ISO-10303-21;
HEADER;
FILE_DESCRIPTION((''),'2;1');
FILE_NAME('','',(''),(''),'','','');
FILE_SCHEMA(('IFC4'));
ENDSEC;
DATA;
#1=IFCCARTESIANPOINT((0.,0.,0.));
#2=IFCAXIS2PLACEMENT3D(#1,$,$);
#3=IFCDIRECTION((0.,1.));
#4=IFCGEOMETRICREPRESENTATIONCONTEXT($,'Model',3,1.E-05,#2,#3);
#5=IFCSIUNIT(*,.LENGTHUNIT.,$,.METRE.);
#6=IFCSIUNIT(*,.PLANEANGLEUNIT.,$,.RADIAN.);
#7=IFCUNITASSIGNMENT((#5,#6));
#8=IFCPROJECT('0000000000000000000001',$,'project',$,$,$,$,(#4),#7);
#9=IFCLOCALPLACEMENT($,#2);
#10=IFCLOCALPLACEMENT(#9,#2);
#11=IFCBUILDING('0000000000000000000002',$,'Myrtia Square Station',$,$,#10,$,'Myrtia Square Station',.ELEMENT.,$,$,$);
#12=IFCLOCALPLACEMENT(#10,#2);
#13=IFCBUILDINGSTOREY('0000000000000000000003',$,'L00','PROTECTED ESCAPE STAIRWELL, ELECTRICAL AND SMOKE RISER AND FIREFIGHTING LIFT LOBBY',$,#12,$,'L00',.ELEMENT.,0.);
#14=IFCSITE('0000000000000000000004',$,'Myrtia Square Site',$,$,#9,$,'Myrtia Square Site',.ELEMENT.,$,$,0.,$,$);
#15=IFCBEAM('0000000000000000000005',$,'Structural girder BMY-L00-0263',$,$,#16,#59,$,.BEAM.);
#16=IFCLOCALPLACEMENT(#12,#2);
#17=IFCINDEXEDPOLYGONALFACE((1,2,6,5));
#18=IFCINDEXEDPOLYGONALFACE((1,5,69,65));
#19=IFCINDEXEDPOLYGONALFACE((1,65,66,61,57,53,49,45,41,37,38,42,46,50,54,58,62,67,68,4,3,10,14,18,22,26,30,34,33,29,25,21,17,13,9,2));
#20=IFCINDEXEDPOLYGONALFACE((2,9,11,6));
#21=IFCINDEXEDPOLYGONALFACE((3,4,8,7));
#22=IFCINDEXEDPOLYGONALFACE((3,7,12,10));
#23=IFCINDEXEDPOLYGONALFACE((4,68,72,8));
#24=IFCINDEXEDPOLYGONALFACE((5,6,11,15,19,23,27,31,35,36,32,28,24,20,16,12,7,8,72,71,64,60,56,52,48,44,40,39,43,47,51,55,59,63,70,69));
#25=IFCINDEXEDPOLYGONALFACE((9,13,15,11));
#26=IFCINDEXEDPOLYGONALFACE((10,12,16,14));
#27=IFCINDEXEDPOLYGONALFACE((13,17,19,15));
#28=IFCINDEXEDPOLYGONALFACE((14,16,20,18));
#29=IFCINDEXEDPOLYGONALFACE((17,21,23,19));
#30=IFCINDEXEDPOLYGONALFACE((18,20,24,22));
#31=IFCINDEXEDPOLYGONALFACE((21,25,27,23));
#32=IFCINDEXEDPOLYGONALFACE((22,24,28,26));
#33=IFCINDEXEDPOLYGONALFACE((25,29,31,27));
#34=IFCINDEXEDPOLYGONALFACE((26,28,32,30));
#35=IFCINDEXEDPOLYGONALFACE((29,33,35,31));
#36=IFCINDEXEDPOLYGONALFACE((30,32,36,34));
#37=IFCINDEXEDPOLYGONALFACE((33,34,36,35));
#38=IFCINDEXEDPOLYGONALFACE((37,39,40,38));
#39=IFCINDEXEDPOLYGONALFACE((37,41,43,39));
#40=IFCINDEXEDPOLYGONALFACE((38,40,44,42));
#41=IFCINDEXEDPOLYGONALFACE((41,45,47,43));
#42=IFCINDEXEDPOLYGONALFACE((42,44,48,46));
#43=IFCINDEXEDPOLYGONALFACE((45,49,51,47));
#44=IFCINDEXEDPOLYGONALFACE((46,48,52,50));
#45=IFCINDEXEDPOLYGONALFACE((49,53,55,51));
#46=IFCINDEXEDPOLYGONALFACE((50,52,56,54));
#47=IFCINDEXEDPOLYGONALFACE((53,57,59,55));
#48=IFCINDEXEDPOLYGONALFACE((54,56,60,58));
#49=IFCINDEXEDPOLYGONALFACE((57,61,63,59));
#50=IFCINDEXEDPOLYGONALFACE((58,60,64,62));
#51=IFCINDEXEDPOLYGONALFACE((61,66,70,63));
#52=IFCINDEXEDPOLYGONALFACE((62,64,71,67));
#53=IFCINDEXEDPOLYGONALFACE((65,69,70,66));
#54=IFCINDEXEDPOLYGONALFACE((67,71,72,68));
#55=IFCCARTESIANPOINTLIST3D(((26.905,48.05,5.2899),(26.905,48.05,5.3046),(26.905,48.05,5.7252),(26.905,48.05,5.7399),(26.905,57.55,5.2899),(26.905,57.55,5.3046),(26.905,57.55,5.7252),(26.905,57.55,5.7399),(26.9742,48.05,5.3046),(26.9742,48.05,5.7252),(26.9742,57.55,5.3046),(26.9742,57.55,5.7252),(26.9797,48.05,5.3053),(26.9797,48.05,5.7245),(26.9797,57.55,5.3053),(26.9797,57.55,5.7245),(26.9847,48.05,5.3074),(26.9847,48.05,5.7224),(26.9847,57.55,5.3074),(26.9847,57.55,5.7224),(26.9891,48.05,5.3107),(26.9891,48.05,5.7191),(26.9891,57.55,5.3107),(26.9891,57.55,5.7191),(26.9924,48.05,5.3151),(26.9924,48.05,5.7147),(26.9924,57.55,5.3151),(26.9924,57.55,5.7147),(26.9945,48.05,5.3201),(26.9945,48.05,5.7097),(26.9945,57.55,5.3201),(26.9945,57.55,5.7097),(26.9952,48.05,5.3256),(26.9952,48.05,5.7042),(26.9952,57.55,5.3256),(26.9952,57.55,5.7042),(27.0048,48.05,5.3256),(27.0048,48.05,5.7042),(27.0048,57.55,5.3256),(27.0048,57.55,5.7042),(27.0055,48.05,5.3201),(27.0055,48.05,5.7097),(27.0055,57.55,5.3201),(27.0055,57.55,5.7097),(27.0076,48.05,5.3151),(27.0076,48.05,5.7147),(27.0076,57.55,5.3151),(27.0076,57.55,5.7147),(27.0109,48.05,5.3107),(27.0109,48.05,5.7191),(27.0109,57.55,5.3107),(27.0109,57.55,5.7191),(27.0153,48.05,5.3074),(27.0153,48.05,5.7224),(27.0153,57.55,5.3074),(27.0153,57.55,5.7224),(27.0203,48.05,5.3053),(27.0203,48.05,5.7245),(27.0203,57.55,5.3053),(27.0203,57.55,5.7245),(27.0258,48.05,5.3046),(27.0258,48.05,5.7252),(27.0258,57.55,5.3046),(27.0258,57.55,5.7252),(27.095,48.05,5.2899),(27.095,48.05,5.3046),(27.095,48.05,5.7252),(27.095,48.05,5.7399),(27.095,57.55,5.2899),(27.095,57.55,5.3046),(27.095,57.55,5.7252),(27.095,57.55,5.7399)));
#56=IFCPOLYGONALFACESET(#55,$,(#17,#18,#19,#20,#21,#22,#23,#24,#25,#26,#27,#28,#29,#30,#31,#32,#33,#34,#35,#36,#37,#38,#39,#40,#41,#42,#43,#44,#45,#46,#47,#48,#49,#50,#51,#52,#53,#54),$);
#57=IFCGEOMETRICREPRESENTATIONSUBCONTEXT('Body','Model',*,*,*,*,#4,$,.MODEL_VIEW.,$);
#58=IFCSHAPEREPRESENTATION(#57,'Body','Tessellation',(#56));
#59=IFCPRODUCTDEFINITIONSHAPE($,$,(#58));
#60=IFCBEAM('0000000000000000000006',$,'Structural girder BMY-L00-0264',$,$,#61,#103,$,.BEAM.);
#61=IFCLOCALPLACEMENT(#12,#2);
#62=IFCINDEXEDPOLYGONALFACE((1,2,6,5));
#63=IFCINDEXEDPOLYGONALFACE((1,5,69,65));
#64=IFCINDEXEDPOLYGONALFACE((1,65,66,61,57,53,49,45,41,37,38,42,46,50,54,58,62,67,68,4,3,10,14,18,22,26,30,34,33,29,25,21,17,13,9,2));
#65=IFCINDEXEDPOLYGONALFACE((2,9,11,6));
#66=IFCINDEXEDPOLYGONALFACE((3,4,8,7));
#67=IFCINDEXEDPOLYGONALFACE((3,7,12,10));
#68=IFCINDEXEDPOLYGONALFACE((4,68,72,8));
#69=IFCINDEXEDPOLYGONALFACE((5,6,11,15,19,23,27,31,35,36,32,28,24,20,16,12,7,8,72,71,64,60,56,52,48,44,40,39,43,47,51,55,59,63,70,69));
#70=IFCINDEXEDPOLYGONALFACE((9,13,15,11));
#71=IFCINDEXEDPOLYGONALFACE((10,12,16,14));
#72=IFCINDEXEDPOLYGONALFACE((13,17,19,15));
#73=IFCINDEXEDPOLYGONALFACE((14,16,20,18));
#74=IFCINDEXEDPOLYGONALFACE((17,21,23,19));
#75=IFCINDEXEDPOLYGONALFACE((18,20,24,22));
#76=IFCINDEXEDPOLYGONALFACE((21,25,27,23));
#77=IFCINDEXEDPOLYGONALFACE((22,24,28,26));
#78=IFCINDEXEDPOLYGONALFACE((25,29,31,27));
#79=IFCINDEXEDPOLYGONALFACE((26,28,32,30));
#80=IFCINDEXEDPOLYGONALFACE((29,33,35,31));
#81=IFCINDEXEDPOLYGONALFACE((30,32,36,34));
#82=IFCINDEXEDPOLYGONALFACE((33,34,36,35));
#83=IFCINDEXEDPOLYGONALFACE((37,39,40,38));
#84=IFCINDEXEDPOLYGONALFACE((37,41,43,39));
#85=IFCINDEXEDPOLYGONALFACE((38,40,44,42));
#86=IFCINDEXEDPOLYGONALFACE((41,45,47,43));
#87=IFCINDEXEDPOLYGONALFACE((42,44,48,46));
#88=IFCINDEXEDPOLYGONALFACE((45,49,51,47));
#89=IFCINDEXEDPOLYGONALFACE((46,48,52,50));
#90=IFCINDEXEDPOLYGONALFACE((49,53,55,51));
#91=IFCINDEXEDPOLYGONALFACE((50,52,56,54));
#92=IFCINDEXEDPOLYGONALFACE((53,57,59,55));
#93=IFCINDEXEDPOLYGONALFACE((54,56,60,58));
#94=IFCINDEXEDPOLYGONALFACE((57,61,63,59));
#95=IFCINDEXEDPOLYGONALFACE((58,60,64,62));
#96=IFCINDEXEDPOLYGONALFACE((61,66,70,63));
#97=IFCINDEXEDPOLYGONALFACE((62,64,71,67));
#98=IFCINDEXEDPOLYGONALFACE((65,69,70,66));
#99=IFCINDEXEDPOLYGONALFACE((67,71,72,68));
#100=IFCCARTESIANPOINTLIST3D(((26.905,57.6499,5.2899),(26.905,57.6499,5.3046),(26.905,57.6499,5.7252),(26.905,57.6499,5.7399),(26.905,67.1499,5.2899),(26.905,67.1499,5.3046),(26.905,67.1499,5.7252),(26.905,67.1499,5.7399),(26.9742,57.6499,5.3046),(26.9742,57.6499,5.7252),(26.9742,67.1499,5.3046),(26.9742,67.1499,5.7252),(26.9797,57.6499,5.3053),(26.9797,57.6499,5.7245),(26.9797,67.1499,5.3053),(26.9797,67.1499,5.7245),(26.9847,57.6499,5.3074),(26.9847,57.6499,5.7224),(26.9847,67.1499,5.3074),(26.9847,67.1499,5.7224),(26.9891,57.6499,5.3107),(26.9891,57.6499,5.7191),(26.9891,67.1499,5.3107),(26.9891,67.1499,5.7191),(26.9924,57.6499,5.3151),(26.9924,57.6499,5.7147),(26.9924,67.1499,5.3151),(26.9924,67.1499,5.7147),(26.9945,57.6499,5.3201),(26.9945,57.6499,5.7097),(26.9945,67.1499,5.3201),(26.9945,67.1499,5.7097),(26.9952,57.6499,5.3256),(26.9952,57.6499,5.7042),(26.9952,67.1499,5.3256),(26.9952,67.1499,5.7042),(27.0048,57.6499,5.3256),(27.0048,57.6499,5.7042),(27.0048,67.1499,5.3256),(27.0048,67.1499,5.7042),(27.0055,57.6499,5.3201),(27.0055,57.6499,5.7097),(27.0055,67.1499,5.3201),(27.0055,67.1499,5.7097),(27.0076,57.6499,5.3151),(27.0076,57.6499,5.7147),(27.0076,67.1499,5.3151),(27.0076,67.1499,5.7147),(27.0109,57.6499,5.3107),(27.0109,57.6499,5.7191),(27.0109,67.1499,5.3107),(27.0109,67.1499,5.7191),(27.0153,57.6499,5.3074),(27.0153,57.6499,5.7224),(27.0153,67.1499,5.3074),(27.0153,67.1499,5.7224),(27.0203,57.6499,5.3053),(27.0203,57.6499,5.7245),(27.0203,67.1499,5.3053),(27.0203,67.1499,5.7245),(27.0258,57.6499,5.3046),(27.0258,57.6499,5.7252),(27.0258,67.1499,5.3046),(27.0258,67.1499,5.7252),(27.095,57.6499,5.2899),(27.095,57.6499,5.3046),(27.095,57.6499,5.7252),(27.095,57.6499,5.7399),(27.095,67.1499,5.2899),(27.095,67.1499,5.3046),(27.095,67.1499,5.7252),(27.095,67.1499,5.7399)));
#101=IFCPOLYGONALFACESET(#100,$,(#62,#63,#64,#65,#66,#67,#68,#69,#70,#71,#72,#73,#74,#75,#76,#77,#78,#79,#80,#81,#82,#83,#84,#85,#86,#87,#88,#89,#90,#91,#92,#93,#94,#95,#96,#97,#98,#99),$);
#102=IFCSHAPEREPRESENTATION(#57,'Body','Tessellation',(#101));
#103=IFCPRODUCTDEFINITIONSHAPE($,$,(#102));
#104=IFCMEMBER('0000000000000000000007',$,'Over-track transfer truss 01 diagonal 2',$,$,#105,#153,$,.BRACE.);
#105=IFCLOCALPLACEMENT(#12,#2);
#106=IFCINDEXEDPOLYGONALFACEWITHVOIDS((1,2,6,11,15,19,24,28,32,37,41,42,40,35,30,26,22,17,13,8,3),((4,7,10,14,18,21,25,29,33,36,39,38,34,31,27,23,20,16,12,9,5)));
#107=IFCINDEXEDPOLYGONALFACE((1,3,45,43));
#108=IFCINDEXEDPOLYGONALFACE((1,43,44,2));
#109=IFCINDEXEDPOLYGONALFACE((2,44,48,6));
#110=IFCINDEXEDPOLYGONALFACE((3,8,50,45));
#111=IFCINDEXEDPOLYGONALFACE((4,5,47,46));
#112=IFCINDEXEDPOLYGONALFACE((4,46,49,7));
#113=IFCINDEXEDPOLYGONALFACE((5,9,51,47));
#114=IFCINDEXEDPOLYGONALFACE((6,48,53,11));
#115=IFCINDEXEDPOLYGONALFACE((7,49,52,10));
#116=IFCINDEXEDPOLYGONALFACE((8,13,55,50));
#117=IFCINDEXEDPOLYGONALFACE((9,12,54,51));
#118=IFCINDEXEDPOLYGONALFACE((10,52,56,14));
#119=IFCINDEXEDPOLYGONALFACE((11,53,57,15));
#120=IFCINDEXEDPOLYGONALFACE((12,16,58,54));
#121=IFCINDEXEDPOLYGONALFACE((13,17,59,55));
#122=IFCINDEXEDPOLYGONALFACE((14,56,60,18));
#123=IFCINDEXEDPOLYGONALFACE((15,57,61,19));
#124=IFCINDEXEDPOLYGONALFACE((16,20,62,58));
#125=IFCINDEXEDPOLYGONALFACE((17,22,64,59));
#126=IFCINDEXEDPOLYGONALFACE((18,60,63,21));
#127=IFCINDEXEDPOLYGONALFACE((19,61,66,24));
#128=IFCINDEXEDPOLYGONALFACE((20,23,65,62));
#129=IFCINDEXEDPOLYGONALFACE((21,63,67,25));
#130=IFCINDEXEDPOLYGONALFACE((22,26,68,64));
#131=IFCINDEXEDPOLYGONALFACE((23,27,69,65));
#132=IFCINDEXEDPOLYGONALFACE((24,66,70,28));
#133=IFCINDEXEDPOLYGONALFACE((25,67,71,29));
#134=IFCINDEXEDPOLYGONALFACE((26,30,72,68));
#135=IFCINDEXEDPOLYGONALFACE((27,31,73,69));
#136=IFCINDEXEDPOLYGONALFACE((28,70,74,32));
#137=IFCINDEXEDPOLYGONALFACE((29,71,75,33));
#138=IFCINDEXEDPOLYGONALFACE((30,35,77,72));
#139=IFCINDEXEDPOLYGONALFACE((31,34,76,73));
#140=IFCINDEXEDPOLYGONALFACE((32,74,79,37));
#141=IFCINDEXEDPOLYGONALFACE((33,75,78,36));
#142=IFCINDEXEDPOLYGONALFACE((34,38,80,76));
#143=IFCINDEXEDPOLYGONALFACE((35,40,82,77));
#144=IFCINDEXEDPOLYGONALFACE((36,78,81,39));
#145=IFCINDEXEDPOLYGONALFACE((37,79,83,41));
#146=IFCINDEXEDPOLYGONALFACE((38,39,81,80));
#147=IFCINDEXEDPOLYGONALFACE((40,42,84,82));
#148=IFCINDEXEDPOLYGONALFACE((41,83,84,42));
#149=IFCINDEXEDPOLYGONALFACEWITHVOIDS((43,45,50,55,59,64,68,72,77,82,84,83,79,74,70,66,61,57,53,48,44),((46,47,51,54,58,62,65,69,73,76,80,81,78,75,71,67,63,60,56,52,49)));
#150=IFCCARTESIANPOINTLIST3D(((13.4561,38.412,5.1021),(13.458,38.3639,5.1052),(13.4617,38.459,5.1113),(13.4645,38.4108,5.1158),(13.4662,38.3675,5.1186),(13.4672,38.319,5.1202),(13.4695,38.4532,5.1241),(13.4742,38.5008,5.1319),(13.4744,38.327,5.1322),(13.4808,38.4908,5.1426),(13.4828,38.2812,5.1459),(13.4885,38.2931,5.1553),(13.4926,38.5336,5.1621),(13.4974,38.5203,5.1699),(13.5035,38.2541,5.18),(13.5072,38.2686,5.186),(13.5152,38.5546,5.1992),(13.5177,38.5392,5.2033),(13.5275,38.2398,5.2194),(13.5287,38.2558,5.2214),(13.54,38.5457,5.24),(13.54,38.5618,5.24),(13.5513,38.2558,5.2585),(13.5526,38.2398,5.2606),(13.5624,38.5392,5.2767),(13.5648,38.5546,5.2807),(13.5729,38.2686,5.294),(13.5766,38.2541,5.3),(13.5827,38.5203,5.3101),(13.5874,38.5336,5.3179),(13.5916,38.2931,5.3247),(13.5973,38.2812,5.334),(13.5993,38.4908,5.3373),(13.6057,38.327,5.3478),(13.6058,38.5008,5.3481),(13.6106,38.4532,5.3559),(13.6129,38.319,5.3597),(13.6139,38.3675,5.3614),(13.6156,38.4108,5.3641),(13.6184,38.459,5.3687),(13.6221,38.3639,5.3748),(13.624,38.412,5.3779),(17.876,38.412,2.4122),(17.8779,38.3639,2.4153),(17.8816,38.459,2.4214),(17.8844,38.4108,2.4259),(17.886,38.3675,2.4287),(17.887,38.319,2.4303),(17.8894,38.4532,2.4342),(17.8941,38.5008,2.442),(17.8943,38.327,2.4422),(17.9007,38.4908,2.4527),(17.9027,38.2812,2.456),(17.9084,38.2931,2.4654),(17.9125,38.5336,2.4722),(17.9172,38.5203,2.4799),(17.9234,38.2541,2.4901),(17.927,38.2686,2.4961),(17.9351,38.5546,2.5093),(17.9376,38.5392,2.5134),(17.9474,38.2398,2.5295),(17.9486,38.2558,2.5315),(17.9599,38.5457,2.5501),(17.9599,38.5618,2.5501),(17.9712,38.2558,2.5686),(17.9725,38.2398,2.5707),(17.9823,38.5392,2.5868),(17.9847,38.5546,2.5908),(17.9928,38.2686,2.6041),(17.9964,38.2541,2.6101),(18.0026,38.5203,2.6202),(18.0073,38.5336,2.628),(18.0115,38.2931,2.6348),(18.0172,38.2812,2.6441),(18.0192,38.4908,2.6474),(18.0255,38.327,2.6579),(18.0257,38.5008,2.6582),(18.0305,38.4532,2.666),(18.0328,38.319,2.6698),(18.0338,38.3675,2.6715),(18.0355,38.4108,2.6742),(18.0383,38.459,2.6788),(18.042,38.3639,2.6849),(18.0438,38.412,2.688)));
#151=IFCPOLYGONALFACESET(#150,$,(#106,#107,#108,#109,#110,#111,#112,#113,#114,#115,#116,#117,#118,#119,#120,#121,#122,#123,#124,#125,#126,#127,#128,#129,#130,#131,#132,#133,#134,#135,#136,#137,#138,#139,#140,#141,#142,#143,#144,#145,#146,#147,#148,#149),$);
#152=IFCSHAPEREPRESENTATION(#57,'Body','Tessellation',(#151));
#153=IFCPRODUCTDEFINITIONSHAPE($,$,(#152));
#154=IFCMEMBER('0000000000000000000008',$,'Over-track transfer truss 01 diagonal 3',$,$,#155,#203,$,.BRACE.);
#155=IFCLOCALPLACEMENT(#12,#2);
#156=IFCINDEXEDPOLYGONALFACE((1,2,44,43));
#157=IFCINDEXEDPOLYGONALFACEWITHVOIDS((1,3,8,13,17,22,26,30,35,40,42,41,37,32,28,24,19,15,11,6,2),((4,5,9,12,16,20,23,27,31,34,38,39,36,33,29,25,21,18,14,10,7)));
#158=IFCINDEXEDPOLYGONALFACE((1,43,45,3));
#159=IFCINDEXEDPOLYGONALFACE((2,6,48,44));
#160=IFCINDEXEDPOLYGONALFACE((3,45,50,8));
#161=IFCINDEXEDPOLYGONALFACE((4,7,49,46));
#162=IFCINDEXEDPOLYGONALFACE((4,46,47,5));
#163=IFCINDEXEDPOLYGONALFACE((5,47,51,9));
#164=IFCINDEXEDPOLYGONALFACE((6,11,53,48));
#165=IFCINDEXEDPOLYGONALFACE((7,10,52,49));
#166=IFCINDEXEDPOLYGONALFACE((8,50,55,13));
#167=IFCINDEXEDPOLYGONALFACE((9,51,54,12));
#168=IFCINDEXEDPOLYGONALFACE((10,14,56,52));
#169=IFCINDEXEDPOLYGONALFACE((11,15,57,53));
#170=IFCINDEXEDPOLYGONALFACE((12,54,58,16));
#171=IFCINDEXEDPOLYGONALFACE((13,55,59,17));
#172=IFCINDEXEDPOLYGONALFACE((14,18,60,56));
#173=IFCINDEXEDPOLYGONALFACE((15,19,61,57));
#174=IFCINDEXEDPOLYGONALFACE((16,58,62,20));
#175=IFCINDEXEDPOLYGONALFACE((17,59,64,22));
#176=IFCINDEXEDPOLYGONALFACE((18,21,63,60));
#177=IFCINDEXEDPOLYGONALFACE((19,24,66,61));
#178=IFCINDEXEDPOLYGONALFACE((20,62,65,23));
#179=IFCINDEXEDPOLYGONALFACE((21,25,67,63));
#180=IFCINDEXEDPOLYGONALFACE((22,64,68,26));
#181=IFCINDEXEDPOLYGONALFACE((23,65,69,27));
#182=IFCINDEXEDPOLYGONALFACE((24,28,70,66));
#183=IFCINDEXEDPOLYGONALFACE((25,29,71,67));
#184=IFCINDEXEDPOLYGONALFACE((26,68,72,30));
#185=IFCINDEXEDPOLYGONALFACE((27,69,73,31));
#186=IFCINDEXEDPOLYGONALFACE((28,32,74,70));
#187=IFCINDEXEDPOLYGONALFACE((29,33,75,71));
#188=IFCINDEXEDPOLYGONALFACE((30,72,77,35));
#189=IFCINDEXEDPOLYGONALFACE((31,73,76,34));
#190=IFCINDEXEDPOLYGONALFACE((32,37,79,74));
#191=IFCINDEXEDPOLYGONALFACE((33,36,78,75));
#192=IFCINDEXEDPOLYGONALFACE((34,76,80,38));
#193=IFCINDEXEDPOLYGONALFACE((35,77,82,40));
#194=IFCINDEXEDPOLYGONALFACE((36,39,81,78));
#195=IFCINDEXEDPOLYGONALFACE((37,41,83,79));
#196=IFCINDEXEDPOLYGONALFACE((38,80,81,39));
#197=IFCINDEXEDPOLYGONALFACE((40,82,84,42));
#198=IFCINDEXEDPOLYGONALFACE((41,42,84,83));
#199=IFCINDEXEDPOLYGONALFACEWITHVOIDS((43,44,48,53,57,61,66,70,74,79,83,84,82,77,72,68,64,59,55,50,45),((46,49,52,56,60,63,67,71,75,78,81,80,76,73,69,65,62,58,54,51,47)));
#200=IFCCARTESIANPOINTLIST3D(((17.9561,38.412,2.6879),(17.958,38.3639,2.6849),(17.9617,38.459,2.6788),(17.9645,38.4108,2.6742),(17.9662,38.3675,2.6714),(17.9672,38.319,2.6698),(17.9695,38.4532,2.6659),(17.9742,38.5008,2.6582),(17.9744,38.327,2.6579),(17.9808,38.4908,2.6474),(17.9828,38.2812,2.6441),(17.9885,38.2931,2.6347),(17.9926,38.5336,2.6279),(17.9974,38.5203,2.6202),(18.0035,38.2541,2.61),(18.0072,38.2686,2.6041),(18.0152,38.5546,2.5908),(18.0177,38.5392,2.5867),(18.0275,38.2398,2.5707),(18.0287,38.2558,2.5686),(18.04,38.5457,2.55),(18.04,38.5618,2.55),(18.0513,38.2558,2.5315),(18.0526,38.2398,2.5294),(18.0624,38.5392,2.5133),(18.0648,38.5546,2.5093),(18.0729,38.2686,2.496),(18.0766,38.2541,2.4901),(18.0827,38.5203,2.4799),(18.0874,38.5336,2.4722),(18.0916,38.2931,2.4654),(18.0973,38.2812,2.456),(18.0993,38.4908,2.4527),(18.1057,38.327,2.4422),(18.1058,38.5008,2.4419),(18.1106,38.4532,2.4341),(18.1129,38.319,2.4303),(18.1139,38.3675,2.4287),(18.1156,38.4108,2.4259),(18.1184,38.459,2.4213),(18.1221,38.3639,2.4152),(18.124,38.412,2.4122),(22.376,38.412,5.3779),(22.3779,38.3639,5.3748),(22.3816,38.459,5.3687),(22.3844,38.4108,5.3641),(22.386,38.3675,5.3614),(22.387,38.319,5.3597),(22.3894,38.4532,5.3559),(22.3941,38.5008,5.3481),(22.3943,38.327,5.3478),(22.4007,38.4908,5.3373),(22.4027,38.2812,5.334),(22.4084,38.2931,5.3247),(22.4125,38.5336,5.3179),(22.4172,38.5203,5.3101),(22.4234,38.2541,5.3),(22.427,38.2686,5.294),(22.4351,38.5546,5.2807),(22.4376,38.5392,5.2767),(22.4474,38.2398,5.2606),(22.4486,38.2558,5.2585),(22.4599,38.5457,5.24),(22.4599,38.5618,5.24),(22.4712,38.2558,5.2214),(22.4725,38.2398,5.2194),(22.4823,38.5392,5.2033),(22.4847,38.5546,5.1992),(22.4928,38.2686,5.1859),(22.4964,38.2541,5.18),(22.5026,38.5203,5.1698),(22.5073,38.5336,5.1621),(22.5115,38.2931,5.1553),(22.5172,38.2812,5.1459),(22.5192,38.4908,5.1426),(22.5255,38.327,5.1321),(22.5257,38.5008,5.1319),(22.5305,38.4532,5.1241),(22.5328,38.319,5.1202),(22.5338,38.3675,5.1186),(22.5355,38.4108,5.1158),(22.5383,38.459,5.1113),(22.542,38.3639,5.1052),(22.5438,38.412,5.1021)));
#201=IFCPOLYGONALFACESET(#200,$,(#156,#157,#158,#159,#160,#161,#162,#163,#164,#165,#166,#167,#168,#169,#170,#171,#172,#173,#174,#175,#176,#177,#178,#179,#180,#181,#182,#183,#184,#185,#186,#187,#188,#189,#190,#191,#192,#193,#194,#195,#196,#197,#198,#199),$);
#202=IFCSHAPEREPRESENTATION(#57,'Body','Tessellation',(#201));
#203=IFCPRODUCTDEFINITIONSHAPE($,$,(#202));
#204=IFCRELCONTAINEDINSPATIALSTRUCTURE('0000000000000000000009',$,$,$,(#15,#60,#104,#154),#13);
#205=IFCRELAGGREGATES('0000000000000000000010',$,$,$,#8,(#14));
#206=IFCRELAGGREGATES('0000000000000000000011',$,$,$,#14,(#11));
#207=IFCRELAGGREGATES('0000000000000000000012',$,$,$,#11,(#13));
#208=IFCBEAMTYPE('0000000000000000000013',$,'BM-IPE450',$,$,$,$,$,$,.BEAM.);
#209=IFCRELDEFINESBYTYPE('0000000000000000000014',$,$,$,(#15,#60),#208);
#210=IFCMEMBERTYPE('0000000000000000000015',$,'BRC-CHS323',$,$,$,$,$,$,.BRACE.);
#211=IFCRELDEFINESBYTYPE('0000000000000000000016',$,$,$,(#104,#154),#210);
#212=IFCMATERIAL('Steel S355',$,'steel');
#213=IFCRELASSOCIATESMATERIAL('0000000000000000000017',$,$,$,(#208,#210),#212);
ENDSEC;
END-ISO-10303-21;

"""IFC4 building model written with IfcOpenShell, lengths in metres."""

from ifc_helpers import new_model, si_unit, direction, frame, origin, origin_2d, place, context, subcontext, project, spatial, hollow_circle, i_section, extrude, material, material_profile, profile_set, type_object, element, save


model = new_model("IFC4")

# Units and contexts
model_context = context("Model", 3, precision=1e-05, world=origin(), true_north=direction((0.0, 1.0)))
body_context = subcontext(model_context, "Body", "Model", "MODEL_VIEW")
ifc_project = project(units=[si_unit("LENGTHUNIT", "METRE"), si_unit("PLANEANGLEUNIT", "RADIAN")], contexts=[model_context])

# Site, building, storey
site_placement = place(None, origin())
site = spatial("IfcSite", under=ifc_project, at=site_placement, Name="Myrtia Square Site", LongName="Myrtia Square Site", CompositionType="ELEMENT", RefElevation=0.0)
building_placement = place(site_placement, origin())
building = spatial("IfcBuilding", under=site, at=building_placement, Name="Myrtia Square Station", LongName="Myrtia Square Station", CompositionType="ELEMENT")
storey_placement = place(building_placement, origin())
storey = spatial("IfcBuildingStorey", under=building, at=storey_placement, Name="L00", Description="PROTECTED ESCAPE STAIRWELL, ELECTRICAL AND SMOKE RISER AND FIREFIGHTING LIFT LOBBY", LongName="L00", CompositionType="ELEMENT", Elevation=0.0)

# Shared definitions
ifc_material_1 = material(Name="Steel S355", Category="steel")

# Beams
ifc_material_profile_1 = material_profile(ifc_material_1, i_section(OverallWidth=0.1899, OverallDepth=0.45, WebThickness=0.0095, FlangeThickness=0.0146, FilletRadius=0.021, at=origin_2d()), Name="IPE 450")
ifc_profile_set_1 = profile_set([ifc_material_profile_1], Name="Steel S355")
beam_type_1 = type_object("IfcBeamType", Name="BM-IPE450", PredefinedType="BEAM", material=ifc_profile_set_1)
for number, where, z_axis, x_axis, name in (
    (1, (27.0, 48.05, 5.5149), (0.0, 1.0, 0.0), (-1.0, 0.0, 0.0), "Structural girder BMY-L00-0263"),
    (2, (27.0, 57.6499, 5.5149), (0.0, 1.0, 0.0), (-1.0, 0.0, 0.0), "Structural girder BMY-L00-0264"),
):
    element("IfcBeam", number, at=place(storey_placement, frame(where, z_axis=z_axis, x_axis=x_axis)), inside=storey, type_object=beam_type_1, Name=name, PredefinedType="BEAM", context=body_context, shape_type="SweptSolid", body=[
        extrude(i_section(OverallWidth=0.1899, OverallDepth=0.45, WebThickness=0.0095, FlangeThickness=0.0146, FilletRadius=0.021, at=origin_2d()), origin(), (0.0, 0.0, 1.0), 9.5),
    ])

# Members
ifc_material_profile_2 = material_profile(ifc_material_1, hollow_circle(Radius=0.1619, WallThickness=0.0161, at=origin_2d()), Name="CHS 323.9x16")
ifc_profile_set_2 = profile_set([ifc_material_profile_2], Name="Steel S355")
member_type_1 = type_object("IfcMemberType", Name="BRC-CHS323", PredefinedType="BRACE", material=ifc_profile_set_2)
for number, where, z_axis, x_axis, name in (
    (3, (13.54, 38.3999, 5.24), (0.854237, 0.0, -0.519884), (0.0, 1.0, 0.0), "Over-track transfer truss 01 diagonal 2"),
    (4, (18.04, 38.3999, 2.55), (0.854237, 0.0, 0.519884), (0.0, 1.0, 0.0), "Over-track transfer truss 01 diagonal 3"),
):
    element("IfcMember", number, at=place(storey_placement, frame(where, z_axis=z_axis, x_axis=x_axis)), inside=storey, type_object=member_type_1, Name=name, PredefinedType="BRACE", context=body_context, shape_type="SweptSolid", body=[
        extrude(hollow_circle(Radius=0.1619, WallThickness=0.0161, at=origin_2d()), origin(), (0.0, 0.0, 1.0), 5.1741),
    ])

save(model, "model.ifc")
